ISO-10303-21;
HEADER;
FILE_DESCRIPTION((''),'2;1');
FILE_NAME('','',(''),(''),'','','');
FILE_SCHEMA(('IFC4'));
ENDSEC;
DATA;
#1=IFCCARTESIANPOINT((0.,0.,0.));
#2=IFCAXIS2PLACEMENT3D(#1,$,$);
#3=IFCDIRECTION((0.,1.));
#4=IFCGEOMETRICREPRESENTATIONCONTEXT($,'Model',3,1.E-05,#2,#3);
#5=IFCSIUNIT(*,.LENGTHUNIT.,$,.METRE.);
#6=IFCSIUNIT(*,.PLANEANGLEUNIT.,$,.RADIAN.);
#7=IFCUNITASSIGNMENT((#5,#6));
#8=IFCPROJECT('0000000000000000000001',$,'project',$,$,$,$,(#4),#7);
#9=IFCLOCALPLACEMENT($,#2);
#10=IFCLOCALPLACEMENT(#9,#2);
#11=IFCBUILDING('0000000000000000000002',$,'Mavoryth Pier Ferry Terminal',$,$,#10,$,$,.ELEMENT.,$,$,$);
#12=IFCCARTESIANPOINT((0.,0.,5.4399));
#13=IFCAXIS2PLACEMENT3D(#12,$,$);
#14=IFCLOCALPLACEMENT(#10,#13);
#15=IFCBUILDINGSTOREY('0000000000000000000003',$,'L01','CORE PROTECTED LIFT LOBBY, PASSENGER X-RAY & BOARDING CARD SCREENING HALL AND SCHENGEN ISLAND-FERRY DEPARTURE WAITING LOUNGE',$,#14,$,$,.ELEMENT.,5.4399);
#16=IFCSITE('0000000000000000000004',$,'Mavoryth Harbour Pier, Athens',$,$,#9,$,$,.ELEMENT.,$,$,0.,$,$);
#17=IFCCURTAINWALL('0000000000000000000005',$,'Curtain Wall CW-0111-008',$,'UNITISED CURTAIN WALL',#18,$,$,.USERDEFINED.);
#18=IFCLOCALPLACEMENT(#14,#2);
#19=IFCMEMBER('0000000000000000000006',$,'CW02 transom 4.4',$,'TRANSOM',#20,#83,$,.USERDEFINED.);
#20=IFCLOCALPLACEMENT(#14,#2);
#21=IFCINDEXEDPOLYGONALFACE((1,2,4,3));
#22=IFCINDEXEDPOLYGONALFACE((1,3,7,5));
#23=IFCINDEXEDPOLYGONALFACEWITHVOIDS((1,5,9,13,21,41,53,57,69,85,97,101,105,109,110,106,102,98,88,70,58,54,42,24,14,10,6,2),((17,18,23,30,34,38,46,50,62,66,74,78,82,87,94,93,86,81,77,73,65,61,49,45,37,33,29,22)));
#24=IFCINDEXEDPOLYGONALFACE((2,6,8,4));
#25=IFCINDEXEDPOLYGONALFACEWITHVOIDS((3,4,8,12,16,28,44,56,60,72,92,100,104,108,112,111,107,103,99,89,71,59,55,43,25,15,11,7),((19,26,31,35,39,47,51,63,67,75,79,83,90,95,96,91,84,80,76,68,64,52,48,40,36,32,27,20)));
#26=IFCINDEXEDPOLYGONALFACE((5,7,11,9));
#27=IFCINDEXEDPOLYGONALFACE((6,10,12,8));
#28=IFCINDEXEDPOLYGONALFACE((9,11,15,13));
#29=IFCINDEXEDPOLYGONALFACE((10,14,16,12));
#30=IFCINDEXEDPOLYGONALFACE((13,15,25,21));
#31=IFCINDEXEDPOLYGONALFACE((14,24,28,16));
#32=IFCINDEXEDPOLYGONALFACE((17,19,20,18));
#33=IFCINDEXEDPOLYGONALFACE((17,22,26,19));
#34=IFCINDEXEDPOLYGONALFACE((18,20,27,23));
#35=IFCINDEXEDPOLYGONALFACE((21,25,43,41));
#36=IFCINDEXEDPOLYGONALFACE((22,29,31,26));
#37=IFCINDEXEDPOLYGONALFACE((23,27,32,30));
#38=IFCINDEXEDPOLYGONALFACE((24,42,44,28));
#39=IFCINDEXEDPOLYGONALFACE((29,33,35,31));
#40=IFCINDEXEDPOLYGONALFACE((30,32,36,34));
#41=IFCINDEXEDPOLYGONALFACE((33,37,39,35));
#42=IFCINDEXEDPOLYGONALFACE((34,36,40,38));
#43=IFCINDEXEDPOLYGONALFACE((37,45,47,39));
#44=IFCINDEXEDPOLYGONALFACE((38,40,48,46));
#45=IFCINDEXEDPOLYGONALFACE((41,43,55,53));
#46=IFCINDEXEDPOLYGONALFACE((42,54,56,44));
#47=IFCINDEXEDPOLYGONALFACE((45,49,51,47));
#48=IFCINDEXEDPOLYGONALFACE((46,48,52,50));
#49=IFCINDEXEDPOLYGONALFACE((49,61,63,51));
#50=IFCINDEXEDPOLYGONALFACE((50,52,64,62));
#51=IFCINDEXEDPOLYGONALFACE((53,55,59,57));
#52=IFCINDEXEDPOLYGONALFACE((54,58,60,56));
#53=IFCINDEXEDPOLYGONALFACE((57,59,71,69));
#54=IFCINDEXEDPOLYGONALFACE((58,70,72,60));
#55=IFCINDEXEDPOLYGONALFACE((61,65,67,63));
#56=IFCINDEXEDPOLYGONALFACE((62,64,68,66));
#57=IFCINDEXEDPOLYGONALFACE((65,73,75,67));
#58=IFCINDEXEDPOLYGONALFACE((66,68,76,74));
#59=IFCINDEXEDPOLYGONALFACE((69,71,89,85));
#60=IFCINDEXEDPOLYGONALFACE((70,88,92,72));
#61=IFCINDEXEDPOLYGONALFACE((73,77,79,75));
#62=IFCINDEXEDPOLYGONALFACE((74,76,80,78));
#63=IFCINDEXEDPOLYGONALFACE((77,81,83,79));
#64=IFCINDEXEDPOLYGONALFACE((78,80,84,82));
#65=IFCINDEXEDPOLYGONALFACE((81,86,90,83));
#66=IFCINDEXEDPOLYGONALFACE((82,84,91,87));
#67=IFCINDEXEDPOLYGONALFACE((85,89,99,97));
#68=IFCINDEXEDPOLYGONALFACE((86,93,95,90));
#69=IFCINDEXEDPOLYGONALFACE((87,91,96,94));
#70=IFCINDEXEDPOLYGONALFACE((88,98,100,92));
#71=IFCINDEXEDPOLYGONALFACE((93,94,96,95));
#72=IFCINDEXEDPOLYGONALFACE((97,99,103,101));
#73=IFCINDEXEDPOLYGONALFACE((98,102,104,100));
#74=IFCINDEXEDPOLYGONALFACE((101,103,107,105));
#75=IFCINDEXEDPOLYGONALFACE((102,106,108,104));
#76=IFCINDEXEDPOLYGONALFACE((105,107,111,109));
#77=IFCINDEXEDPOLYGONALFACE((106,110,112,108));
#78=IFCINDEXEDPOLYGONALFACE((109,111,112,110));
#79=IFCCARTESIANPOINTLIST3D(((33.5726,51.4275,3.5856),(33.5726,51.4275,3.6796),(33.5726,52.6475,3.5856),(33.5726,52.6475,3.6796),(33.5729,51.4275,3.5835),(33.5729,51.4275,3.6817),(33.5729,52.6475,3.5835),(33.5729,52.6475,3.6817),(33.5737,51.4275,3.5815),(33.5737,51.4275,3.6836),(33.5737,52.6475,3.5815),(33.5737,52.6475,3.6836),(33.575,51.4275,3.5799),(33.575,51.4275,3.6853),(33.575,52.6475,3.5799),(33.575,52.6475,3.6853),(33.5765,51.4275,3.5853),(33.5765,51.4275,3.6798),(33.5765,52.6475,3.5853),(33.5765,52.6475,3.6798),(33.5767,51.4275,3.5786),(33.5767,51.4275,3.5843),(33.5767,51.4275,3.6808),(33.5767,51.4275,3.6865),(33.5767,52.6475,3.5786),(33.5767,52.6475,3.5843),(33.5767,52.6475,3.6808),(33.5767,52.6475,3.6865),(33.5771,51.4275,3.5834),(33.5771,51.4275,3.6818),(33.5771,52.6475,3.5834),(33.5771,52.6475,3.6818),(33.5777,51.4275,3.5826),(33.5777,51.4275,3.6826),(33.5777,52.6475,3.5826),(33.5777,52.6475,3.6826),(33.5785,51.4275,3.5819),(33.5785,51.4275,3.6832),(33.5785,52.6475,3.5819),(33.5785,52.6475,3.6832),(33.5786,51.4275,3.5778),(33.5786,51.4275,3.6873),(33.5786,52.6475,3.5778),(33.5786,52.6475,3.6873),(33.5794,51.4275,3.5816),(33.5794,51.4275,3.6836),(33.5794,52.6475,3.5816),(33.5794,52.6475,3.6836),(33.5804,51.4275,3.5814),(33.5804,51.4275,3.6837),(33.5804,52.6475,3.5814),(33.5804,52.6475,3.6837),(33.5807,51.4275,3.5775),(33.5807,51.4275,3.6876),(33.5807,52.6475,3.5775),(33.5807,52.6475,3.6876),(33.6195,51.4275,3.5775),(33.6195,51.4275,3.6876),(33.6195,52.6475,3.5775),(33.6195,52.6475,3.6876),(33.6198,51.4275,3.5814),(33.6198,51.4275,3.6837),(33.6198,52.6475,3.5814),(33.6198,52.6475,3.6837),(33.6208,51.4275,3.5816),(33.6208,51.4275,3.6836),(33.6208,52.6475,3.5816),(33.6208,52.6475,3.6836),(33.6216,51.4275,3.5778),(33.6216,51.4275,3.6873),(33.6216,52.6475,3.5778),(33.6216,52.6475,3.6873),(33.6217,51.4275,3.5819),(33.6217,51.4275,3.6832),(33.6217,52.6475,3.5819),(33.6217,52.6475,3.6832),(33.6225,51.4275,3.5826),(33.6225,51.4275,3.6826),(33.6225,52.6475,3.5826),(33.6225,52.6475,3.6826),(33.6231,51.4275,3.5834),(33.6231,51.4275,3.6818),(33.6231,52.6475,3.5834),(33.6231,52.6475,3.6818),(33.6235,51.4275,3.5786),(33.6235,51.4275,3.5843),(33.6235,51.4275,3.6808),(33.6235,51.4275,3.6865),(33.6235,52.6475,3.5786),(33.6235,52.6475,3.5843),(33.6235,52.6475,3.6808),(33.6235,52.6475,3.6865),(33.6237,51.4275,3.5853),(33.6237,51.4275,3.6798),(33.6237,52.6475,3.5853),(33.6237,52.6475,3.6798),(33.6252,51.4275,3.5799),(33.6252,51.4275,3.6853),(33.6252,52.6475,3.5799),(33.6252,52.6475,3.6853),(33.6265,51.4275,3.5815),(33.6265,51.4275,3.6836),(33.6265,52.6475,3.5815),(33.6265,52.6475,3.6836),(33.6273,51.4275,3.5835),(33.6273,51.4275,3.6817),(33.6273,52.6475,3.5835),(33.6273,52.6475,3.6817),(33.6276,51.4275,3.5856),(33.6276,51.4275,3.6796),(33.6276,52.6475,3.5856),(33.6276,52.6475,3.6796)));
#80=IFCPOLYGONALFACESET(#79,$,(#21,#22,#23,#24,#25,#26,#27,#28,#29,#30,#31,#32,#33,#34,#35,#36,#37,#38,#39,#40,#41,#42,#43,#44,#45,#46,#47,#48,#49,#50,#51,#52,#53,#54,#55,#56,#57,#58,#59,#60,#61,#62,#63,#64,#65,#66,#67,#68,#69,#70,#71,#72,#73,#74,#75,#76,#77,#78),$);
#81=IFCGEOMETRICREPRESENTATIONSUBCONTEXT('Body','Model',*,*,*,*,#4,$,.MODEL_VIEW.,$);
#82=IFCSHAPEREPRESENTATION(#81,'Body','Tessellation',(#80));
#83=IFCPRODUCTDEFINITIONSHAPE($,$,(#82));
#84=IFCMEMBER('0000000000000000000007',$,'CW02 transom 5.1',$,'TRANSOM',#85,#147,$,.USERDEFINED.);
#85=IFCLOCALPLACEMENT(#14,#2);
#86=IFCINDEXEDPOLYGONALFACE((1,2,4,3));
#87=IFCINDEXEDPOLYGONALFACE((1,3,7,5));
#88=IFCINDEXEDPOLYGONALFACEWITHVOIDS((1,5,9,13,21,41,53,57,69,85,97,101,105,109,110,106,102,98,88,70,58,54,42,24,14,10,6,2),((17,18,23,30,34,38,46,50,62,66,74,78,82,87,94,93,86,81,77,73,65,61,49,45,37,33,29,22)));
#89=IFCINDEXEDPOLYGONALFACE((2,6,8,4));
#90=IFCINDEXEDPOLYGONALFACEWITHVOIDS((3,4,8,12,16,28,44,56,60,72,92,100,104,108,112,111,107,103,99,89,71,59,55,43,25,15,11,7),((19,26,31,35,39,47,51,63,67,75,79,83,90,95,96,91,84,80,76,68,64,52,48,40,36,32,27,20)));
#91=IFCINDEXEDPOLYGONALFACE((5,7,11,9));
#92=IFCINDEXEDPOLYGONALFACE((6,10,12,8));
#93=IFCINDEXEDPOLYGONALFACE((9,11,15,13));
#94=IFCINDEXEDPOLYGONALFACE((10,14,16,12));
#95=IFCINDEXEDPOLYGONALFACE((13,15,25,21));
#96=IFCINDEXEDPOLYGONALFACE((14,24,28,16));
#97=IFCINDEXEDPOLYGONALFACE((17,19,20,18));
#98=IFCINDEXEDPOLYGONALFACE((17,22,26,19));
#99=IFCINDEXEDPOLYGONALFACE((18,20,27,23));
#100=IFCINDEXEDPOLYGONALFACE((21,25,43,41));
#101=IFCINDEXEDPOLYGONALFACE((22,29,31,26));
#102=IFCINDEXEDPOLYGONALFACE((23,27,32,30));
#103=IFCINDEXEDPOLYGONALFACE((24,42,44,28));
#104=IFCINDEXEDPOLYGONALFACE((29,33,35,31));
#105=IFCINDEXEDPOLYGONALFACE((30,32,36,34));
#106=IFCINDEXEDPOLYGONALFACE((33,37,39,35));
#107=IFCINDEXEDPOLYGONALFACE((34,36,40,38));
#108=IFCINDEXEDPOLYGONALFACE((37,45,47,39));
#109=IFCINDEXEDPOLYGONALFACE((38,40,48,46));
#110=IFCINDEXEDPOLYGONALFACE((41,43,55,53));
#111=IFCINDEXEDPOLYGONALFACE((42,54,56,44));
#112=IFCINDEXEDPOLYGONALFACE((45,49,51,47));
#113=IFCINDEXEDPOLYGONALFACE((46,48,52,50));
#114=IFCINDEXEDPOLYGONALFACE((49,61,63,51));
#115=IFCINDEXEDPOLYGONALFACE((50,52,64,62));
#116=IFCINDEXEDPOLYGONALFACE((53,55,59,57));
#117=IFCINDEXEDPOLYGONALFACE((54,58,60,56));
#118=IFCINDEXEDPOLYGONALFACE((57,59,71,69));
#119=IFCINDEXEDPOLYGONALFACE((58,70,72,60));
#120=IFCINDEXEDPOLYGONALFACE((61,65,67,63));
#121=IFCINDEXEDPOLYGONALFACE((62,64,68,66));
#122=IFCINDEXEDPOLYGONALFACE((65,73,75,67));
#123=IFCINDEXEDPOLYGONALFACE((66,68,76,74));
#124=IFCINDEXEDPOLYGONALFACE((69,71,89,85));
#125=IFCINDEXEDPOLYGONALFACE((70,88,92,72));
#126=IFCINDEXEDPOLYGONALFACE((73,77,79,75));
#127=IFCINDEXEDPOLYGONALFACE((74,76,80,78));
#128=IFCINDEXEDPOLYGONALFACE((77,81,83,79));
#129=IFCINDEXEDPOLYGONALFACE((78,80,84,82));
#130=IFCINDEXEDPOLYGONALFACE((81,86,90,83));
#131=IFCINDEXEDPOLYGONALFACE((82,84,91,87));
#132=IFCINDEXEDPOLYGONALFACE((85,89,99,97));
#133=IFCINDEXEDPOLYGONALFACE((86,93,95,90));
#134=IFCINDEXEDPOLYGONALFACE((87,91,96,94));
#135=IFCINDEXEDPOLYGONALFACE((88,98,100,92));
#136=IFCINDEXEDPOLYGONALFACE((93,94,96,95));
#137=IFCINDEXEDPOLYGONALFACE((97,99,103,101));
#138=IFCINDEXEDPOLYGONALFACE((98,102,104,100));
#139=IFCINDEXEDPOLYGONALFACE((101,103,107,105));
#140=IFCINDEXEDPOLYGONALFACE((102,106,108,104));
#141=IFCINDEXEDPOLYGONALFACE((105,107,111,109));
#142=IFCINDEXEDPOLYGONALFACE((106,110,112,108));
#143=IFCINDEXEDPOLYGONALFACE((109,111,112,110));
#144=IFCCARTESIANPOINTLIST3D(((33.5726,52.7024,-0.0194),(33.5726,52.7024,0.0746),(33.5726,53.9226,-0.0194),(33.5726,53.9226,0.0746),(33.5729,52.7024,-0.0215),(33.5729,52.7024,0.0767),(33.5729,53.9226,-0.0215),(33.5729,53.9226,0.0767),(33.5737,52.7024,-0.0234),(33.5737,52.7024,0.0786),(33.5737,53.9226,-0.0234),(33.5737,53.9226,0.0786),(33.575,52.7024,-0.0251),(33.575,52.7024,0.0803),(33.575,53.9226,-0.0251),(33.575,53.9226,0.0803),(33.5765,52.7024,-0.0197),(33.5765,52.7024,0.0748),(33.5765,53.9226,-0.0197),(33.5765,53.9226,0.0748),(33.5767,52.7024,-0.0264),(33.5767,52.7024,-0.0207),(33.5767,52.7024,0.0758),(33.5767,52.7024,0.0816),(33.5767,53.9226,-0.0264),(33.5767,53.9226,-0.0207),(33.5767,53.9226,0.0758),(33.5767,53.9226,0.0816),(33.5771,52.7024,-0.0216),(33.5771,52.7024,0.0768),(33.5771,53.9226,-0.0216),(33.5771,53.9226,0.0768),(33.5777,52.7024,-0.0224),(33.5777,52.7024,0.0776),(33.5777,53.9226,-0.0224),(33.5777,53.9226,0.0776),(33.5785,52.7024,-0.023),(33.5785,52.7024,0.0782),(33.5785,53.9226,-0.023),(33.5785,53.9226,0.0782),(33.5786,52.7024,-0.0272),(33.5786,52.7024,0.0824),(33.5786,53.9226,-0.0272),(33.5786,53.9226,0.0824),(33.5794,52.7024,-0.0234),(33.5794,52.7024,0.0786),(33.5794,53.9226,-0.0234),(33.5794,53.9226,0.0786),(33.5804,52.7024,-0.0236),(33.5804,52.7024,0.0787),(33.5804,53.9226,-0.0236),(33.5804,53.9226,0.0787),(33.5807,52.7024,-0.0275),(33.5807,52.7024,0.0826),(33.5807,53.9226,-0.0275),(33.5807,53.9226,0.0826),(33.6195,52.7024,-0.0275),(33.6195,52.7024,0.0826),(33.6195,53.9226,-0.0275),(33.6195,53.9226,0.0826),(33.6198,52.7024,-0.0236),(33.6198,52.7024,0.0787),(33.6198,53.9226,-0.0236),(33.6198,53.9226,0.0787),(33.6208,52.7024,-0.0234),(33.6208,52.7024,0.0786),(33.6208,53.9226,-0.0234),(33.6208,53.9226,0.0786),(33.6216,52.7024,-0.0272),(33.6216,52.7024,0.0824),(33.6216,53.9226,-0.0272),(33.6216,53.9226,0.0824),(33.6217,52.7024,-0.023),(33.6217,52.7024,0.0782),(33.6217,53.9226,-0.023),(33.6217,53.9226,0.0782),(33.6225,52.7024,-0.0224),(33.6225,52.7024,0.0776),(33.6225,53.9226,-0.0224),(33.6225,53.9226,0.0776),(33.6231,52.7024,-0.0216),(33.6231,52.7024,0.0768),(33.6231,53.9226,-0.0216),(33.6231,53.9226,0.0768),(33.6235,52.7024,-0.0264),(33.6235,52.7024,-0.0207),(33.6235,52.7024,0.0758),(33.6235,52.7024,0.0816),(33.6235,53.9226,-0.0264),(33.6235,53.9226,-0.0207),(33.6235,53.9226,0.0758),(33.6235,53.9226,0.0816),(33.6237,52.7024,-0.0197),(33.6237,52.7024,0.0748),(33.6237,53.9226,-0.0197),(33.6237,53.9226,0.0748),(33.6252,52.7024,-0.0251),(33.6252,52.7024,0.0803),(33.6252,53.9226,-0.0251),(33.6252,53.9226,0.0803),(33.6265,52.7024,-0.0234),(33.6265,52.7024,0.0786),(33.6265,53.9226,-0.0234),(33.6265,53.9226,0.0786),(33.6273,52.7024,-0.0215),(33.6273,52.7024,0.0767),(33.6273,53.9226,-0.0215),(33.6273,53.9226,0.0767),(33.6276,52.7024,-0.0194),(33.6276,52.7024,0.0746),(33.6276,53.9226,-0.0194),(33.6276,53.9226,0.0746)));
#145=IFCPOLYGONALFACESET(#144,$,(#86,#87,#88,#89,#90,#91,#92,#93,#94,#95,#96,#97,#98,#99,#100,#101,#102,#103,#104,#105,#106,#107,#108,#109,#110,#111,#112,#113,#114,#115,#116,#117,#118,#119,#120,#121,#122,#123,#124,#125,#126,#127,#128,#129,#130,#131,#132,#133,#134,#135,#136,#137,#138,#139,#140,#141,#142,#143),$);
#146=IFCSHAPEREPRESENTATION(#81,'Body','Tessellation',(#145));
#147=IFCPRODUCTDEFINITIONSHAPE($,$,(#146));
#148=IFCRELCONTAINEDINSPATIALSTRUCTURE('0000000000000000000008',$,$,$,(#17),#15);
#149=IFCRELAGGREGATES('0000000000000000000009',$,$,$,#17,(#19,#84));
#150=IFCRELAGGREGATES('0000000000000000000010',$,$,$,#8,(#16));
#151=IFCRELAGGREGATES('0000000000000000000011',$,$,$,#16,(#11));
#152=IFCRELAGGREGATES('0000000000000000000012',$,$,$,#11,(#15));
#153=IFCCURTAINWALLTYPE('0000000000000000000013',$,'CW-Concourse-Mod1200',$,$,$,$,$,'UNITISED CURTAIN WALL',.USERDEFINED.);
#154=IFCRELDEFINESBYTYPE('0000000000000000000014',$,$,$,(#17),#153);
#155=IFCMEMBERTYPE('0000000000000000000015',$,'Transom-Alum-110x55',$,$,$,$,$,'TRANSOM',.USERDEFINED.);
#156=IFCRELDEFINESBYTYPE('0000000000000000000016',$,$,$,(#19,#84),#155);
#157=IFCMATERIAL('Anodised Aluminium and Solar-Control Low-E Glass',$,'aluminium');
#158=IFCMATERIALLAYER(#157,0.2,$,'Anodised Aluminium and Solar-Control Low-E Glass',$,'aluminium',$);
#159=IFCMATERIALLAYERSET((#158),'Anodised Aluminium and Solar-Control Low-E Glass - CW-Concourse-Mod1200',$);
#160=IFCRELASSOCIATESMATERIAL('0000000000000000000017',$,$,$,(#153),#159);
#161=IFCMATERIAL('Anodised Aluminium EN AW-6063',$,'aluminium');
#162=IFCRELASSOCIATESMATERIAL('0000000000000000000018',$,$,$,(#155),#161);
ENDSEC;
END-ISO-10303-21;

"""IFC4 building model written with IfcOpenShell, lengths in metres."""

from ifc_helpers import new_model, si_unit, direction, frame, origin, origin_2d, place, context, subcontext, project, spatial, hollow_rectangle, extrude, material, layer, layer_set, material_profile, profile_set, type_object, element, aggregate, save


model = new_model("IFC4")

# Units and contexts
model_context = context("Model", 3, precision=1e-05, world=origin(), true_north=direction((0.0, 1.0)))
body_context = subcontext(model_context, "Body", "Model", "MODEL_VIEW")
ifc_project = project(units=[si_unit("LENGTHUNIT", "METRE"), si_unit("PLANEANGLEUNIT", "RADIAN")], contexts=[model_context])

# Site, building, storey
site_placement = place(None, origin())
site = spatial("IfcSite", under=ifc_project, at=site_placement, Name="Mavoryth Harbour Pier, Athens", CompositionType="ELEMENT", RefElevation=0.0)
building_placement = place(site_placement, origin())
building = spatial("IfcBuilding", under=site, at=building_placement, Name="Mavoryth Pier Ferry Terminal", CompositionType="ELEMENT")
storey_placement = place(building_placement, frame((0.0, 0.0, 5.4399)))
storey = spatial("IfcBuildingStorey", under=building, at=storey_placement, Name="L01", Description="CORE PROTECTED LIFT LOBBY, PASSENGER X-RAY & BOARDING CARD SCREENING HALL AND SCHENGEN ISLAND-FERRY DEPARTURE WAITING LOUNGE", CompositionType="ELEMENT", Elevation=5.4399)

# Curtain wall
ifc_material_1 = material(Name="Anodised Aluminium and Solar-Control Low-E Glass", Category="aluminium")
ifc_layer_1 = layer(ifc_material_1, 0.2, Name="Anodised Aluminium and Solar-Control Low-E Glass", Category="aluminium")
ifc_layer_set_1 = layer_set([ifc_layer_1], Name="Anodised Aluminium and Solar-Control Low-E Glass - CW-Concourse-Mod1200")
curtain_wall_type = type_object("IfcCurtainWallType", Name="CW-Concourse-Mod1200", ElementType="UNITISED CURTAIN WALL", PredefinedType="USERDEFINED", material=ifc_layer_set_1)
curtain_wall_1_placement = place(storey_placement, origin())
curtain_wall_1 = element("IfcCurtainWall", 1, at=curtain_wall_1_placement, inside=storey, type_object=curtain_wall_type, Name="Curtain Wall CW-0111-008", ObjectType="UNITISED CURTAIN WALL", PredefinedType="USERDEFINED")
ifc_material_2 = material(Name="Anodised Aluminium EN AW-6063", Category="aluminium")

# Members
ifc_material_profile_1 = material_profile(ifc_material_2, hollow_rectangle(XDim=0.0549, YDim=0.1101, WallThickness=0.0039, InnerFilletRadius=0.0039, OuterFilletRadius=0.0081, at=origin_2d()), Name="AL-TRAN 110x55x4", Category="aluminium")
ifc_profile_set_1 = profile_set([ifc_material_profile_1], Name="Anodised Aluminium EN AW-6063 - AL-TRAN 110x55x4")
member_type_1 = type_object("IfcMemberType", Name="Transom-Alum-110x55", ElementType="TRANSOM", PredefinedType="USERDEFINED", material=ifc_profile_set_1)
member_1_placement = place(storey_placement, frame((33.6001, 51.4275, 3.6326), z_axis=(0.0, 1.0, 0.0), x_axis=(-1.0, 0.0, 0.0)))
member_1 = element("IfcMember", 2, at=member_1_placement, type_object=member_type_1, Name="CW02 transom 4.4", ObjectType="TRANSOM", PredefinedType="USERDEFINED", context=body_context, shape_type="SweptSolid", body=[
    extrude(hollow_rectangle(XDim=0.0549, YDim=0.1101, WallThickness=0.0039, InnerFilletRadius=0.0039, OuterFilletRadius=0.0081, at=origin_2d()), origin(), (0.0, 0.0, 1.0), 1.22),
])
member_2_placement = place(storey_placement, frame((33.6001, 52.7024, 0.0276), z_axis=(0.0, 1.0, 0.0), x_axis=(-1.0, 0.0, 0.0)))
member_2 = element("IfcMember", 3, at=member_2_placement, type_object=member_type_1, Name="CW02 transom 5.1", ObjectType="TRANSOM", PredefinedType="USERDEFINED", context=body_context, shape_type="SweptSolid", body=[
    extrude(hollow_rectangle(XDim=0.0549, YDim=0.1101, WallThickness=0.0039, InnerFilletRadius=0.0039, OuterFilletRadius=0.0081, at=origin_2d()), origin(), (0.0, 0.0, 1.0), 1.2202),
])

aggregate(curtain_wall_1, [member_1, member_2])

save(model, "model.ifc")
